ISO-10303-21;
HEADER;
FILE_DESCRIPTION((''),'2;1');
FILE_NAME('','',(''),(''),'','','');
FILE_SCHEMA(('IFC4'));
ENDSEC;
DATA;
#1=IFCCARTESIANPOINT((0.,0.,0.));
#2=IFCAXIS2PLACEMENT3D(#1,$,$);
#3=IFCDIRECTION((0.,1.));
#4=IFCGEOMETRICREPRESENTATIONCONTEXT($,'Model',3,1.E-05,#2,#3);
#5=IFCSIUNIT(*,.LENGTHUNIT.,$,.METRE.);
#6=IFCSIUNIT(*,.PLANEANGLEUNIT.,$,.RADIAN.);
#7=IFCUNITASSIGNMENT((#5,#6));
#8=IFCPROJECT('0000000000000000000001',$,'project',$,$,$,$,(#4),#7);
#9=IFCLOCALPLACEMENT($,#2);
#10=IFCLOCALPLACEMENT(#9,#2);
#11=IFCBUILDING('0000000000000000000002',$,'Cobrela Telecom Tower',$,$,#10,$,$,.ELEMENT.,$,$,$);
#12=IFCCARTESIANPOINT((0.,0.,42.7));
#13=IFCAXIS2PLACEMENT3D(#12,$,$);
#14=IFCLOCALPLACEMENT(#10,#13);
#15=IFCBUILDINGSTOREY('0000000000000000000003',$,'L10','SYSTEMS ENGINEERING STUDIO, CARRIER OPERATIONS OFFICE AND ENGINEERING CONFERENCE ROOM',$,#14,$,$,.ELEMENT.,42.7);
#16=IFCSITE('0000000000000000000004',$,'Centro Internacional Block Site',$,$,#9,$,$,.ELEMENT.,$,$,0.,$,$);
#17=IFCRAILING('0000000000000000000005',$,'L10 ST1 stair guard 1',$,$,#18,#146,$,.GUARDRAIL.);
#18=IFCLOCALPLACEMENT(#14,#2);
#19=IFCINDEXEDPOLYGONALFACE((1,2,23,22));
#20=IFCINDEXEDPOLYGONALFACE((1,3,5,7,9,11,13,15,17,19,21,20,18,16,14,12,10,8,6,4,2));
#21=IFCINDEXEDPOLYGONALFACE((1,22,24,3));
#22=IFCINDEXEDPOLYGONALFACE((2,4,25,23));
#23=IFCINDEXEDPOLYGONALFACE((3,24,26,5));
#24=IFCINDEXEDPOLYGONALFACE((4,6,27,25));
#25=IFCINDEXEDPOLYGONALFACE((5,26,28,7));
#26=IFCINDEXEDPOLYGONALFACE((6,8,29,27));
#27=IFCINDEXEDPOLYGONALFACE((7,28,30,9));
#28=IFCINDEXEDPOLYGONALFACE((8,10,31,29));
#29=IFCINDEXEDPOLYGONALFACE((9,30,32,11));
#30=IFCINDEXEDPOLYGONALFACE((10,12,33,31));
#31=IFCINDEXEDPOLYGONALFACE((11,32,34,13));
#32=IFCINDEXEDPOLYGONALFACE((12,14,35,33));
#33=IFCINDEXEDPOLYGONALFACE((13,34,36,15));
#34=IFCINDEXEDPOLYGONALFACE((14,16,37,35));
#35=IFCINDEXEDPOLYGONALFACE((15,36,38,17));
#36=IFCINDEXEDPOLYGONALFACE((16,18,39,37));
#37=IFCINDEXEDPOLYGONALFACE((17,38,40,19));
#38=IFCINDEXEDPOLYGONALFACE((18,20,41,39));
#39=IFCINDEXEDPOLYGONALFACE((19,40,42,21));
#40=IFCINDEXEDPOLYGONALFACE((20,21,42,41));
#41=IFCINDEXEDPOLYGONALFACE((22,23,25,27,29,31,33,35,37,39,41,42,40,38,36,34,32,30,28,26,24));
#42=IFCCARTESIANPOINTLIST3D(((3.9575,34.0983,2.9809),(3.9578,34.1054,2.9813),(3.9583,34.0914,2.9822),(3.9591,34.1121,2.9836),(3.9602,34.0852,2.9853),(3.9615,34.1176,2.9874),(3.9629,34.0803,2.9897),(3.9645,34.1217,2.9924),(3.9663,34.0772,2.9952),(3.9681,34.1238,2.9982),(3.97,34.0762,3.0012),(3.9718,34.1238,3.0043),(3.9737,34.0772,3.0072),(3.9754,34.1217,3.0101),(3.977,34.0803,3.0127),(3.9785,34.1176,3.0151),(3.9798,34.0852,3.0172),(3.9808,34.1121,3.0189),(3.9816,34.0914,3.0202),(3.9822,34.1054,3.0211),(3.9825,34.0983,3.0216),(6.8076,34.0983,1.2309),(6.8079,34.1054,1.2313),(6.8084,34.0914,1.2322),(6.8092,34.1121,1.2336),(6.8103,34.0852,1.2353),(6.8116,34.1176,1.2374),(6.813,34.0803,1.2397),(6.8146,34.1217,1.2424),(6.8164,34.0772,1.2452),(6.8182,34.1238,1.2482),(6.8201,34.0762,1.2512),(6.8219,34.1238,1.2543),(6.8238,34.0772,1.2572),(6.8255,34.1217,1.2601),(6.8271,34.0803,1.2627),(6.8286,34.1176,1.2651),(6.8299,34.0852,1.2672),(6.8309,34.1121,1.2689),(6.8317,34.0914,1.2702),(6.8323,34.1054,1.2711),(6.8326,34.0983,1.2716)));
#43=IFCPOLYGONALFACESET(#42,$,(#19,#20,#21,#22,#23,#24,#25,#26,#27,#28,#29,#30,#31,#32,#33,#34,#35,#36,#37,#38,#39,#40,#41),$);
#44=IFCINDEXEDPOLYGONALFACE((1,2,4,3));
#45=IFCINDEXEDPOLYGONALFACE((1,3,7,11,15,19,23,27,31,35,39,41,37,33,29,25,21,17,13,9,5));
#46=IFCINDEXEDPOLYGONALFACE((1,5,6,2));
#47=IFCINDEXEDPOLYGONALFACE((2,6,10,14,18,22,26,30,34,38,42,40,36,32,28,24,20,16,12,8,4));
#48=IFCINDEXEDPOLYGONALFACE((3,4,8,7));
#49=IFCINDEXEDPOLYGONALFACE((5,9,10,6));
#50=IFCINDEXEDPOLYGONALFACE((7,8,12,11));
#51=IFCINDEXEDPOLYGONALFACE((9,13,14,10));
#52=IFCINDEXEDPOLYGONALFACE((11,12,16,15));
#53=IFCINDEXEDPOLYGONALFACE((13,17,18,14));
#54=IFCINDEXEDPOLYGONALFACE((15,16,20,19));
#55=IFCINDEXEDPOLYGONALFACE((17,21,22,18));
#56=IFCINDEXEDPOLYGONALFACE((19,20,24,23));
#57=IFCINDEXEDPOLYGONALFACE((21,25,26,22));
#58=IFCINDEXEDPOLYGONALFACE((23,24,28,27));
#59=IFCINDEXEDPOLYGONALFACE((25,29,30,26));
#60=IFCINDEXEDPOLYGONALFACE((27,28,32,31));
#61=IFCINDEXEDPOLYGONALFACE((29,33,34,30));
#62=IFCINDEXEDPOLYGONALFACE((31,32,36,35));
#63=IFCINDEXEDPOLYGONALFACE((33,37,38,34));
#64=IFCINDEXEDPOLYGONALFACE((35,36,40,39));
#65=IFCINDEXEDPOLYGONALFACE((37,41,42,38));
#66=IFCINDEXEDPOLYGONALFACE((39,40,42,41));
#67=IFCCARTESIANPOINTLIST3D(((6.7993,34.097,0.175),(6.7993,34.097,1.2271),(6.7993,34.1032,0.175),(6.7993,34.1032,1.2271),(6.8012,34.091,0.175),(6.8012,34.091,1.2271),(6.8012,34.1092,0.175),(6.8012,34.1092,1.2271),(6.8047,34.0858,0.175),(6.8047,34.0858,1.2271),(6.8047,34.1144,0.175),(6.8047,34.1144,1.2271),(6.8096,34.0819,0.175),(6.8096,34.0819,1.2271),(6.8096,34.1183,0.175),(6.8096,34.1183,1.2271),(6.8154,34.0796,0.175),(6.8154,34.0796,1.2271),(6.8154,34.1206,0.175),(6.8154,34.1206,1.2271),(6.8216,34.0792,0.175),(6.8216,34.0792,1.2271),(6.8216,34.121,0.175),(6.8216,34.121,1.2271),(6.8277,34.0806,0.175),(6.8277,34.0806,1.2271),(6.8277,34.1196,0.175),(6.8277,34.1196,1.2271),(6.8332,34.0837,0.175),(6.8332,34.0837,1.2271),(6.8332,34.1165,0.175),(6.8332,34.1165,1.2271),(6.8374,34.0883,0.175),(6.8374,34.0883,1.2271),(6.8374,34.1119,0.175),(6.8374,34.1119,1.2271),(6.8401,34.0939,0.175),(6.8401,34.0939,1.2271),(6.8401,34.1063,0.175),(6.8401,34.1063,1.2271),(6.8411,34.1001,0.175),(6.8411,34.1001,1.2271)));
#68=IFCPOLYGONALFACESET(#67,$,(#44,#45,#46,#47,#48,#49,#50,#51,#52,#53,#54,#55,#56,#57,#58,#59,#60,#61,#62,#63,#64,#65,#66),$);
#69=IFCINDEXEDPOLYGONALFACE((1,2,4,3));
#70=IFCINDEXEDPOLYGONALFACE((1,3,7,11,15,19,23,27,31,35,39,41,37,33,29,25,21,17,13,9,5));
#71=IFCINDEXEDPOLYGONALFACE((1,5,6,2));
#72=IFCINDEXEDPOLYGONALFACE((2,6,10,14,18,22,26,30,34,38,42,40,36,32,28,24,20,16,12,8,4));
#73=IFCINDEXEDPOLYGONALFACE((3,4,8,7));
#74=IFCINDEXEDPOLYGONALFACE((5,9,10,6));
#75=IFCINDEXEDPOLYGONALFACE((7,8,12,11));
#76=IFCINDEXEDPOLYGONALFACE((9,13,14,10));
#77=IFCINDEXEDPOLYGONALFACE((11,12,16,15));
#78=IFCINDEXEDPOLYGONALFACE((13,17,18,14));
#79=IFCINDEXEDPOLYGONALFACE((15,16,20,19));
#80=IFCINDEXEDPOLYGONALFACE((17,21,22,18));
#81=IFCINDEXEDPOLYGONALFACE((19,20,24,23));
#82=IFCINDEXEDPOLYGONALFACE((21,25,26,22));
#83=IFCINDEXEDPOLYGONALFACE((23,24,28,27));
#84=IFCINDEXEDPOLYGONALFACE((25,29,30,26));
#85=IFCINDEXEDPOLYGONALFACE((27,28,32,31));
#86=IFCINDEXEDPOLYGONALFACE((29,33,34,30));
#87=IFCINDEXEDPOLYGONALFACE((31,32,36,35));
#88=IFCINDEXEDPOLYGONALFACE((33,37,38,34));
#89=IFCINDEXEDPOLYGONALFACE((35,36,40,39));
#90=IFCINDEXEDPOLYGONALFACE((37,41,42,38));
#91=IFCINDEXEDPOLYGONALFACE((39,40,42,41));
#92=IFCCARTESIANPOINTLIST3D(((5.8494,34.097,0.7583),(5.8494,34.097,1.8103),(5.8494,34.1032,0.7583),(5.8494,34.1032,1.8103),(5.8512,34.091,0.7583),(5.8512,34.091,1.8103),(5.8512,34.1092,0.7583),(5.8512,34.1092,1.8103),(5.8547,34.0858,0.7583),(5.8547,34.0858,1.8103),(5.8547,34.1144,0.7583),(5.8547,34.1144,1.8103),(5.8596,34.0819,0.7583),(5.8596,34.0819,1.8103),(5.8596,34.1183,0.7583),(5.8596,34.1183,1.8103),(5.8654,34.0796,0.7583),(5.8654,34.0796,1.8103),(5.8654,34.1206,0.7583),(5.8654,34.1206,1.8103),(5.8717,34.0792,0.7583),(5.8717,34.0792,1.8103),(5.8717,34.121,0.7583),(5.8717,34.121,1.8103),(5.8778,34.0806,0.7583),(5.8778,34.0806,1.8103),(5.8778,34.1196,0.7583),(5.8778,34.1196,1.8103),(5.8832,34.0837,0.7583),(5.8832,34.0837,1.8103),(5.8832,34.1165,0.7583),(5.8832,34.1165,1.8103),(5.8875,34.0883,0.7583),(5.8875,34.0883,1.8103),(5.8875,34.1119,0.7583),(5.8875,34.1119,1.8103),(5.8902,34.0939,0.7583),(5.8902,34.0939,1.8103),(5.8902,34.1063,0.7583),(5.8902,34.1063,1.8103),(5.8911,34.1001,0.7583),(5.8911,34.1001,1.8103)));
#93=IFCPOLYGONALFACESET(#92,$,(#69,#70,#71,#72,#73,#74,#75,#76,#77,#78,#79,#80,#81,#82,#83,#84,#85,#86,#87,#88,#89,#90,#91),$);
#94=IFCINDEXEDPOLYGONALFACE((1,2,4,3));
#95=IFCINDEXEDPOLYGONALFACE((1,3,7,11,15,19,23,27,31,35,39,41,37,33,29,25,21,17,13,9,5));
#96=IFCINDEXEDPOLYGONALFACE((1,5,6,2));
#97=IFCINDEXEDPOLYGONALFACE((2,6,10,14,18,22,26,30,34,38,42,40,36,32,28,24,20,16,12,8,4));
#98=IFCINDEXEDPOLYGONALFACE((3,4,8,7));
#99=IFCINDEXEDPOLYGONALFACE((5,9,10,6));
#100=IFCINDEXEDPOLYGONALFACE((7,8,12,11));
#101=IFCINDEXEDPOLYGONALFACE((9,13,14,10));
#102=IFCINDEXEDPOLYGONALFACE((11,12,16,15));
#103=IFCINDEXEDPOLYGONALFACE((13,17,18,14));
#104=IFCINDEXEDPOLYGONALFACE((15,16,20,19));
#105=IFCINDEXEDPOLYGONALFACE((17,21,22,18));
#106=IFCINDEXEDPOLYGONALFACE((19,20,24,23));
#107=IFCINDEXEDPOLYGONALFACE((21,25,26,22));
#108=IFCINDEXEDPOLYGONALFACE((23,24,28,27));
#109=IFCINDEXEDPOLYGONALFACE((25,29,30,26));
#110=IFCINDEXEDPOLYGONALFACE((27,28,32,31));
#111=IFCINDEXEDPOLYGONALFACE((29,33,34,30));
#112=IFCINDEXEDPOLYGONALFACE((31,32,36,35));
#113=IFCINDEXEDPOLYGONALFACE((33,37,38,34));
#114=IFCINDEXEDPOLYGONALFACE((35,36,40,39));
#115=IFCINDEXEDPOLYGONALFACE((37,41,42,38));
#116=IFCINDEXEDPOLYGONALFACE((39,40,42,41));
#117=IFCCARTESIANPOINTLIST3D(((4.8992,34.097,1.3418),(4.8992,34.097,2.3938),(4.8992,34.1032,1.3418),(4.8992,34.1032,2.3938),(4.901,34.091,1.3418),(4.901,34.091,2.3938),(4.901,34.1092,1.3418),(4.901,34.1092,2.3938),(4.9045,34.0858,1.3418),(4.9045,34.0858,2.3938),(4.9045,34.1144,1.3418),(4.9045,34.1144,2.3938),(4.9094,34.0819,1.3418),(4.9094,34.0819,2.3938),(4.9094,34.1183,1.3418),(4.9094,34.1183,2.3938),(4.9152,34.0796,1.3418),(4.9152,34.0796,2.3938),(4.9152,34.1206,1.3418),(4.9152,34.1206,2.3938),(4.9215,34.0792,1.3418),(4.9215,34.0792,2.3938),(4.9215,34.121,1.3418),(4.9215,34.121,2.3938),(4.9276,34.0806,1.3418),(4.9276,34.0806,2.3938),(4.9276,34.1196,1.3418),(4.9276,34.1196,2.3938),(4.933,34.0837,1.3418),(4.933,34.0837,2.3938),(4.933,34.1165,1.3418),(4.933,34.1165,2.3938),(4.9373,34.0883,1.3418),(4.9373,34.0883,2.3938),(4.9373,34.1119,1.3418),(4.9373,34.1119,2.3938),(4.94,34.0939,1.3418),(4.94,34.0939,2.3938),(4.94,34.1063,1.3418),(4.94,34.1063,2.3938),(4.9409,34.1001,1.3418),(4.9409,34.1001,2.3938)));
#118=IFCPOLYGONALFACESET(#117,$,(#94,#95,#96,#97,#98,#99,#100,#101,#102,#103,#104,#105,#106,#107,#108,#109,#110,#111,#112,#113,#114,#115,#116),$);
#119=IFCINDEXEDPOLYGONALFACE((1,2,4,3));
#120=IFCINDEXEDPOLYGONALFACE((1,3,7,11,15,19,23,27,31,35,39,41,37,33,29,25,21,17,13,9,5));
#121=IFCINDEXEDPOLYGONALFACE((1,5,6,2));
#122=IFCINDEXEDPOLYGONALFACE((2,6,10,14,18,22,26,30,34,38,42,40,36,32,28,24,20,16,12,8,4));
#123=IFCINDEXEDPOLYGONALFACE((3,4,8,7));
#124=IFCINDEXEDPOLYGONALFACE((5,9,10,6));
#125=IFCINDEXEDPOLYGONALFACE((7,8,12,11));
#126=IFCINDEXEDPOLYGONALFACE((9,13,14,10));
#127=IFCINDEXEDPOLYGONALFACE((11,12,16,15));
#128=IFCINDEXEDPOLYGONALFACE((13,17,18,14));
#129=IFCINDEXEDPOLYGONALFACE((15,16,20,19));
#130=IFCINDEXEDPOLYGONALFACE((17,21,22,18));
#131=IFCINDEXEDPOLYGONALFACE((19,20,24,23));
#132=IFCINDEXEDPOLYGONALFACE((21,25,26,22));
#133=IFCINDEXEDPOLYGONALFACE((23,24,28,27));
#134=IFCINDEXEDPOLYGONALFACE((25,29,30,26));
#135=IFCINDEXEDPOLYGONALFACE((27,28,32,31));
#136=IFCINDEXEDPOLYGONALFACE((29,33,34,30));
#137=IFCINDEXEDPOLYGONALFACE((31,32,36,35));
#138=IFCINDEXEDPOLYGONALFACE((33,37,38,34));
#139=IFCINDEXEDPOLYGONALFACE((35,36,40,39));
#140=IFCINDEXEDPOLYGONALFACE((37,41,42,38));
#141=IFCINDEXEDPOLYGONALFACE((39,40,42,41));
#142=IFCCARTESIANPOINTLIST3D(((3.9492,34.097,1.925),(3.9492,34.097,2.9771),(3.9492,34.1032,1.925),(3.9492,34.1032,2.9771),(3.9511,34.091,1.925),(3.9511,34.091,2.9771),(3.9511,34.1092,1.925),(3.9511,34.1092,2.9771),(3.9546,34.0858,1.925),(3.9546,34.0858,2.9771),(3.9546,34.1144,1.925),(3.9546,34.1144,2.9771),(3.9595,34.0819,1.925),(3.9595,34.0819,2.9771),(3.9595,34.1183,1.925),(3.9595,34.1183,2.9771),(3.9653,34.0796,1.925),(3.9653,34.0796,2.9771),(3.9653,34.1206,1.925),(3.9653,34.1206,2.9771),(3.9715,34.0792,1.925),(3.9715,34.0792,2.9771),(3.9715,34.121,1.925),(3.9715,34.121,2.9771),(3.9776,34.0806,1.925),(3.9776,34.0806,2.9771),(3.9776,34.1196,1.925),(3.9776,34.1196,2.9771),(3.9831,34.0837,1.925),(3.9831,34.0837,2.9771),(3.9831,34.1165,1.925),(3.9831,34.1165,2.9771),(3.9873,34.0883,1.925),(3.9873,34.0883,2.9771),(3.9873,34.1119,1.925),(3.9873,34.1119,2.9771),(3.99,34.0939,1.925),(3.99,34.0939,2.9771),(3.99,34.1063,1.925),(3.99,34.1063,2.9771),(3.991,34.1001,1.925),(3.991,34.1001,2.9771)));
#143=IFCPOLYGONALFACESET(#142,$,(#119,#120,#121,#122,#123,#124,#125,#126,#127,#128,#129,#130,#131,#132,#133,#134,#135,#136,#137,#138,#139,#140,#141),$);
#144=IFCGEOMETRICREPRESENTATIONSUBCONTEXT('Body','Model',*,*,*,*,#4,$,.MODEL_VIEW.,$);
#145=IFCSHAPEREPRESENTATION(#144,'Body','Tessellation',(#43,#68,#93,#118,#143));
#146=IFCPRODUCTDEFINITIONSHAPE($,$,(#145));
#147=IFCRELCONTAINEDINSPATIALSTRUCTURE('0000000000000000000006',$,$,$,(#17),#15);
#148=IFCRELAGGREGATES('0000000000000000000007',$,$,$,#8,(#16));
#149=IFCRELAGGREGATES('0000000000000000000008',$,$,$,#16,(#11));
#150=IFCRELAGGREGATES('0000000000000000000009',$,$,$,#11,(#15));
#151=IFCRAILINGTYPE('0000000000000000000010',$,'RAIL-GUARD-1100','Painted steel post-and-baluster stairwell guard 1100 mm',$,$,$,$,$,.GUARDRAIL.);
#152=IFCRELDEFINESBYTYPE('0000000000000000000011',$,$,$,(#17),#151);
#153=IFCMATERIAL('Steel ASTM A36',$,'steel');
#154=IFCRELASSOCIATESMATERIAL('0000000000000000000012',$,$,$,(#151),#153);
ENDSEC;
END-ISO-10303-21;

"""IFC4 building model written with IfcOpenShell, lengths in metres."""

from ifc_helpers import new_model, si_unit, direction, frame, origin, origin_2d, place, context, subcontext, project, spatial, circle, extrude, material, type_object, element, save


model = new_model("IFC4")

# Units and contexts
model_context = context("Model", 3, precision=1e-05, world=origin(), true_north=direction((0.0, 1.0)))
body_context = subcontext(model_context, "Body", "Model", "MODEL_VIEW")
ifc_project = project(units=[si_unit("LENGTHUNIT", "METRE"), si_unit("PLANEANGLEUNIT", "RADIAN")], contexts=[model_context])

# Site, building, storey
site_placement = place(None, origin())
site = spatial("IfcSite", under=ifc_project, at=site_placement, Name="Centro Internacional Block Site", CompositionType="ELEMENT", RefElevation=0.0)
building_placement = place(site_placement, origin())
building = spatial("IfcBuilding", under=site, at=building_placement, Name="Cobrela Telecom Tower", CompositionType="ELEMENT")
storey_placement = place(building_placement, frame((0.0, 0.0, 42.7)))
storey = spatial("IfcBuildingStorey", under=building, at=storey_placement, Name="L10", Description="SYSTEMS ENGINEERING STUDIO, CARRIER OPERATIONS OFFICE AND ENGINEERING CONFERENCE ROOM", CompositionType="ELEMENT", Elevation=42.7)

# Shared definitions
ifc_material_1 = material(Name="Steel ASTM A36", Category="steel")

# Railing
railing_type_1 = type_object("IfcRailingType", Name="RAIL-GUARD-1100", Description="Painted steel post-and-baluster stairwell guard 1100 mm", PredefinedType="GUARDRAIL", material=ifc_material_1)
railing_1_placement = place(storey_placement, frame((6.8201, 34.1001, 0.175)))
element("IfcRailing", 1, at=railing_1_placement, inside=storey, type_object=railing_type_1, Name="L10 ST1 stair guard 1", PredefinedType="GUARDRAIL", context=body_context, shape_type="SweptSolid", body=[
    extrude(circle(Radius=0.0239, at=origin_2d()), frame((0.0, 0.0, 1.0762), z_axis=(-0.852179, 0.0, 0.52325), x_axis=(0.0, -1.0, 0.0)), (0.0, 0.0, 1.0), 3.3445),
    extrude(circle(Radius=0.021, at=origin_2d()), origin(), (0.0, 0.0, 1.0), 1.052),
    extrude(circle(Radius=0.021, at=origin_2d()), frame((-0.95, 0.0, 0.5833)), (0.0, 0.0, 1.0), 1.052),
    extrude(circle(Radius=0.021, at=origin_2d()), frame((-1.9001, 0.0, 1.1667)), (0.0, 0.0, 1.0), 1.052),
    extrude(circle(Radius=0.021, at=origin_2d()), frame((-2.8501, 0.0, 1.75)), (0.0, 0.0, 1.0), 1.052),
])

save(model, "model.ifc")
